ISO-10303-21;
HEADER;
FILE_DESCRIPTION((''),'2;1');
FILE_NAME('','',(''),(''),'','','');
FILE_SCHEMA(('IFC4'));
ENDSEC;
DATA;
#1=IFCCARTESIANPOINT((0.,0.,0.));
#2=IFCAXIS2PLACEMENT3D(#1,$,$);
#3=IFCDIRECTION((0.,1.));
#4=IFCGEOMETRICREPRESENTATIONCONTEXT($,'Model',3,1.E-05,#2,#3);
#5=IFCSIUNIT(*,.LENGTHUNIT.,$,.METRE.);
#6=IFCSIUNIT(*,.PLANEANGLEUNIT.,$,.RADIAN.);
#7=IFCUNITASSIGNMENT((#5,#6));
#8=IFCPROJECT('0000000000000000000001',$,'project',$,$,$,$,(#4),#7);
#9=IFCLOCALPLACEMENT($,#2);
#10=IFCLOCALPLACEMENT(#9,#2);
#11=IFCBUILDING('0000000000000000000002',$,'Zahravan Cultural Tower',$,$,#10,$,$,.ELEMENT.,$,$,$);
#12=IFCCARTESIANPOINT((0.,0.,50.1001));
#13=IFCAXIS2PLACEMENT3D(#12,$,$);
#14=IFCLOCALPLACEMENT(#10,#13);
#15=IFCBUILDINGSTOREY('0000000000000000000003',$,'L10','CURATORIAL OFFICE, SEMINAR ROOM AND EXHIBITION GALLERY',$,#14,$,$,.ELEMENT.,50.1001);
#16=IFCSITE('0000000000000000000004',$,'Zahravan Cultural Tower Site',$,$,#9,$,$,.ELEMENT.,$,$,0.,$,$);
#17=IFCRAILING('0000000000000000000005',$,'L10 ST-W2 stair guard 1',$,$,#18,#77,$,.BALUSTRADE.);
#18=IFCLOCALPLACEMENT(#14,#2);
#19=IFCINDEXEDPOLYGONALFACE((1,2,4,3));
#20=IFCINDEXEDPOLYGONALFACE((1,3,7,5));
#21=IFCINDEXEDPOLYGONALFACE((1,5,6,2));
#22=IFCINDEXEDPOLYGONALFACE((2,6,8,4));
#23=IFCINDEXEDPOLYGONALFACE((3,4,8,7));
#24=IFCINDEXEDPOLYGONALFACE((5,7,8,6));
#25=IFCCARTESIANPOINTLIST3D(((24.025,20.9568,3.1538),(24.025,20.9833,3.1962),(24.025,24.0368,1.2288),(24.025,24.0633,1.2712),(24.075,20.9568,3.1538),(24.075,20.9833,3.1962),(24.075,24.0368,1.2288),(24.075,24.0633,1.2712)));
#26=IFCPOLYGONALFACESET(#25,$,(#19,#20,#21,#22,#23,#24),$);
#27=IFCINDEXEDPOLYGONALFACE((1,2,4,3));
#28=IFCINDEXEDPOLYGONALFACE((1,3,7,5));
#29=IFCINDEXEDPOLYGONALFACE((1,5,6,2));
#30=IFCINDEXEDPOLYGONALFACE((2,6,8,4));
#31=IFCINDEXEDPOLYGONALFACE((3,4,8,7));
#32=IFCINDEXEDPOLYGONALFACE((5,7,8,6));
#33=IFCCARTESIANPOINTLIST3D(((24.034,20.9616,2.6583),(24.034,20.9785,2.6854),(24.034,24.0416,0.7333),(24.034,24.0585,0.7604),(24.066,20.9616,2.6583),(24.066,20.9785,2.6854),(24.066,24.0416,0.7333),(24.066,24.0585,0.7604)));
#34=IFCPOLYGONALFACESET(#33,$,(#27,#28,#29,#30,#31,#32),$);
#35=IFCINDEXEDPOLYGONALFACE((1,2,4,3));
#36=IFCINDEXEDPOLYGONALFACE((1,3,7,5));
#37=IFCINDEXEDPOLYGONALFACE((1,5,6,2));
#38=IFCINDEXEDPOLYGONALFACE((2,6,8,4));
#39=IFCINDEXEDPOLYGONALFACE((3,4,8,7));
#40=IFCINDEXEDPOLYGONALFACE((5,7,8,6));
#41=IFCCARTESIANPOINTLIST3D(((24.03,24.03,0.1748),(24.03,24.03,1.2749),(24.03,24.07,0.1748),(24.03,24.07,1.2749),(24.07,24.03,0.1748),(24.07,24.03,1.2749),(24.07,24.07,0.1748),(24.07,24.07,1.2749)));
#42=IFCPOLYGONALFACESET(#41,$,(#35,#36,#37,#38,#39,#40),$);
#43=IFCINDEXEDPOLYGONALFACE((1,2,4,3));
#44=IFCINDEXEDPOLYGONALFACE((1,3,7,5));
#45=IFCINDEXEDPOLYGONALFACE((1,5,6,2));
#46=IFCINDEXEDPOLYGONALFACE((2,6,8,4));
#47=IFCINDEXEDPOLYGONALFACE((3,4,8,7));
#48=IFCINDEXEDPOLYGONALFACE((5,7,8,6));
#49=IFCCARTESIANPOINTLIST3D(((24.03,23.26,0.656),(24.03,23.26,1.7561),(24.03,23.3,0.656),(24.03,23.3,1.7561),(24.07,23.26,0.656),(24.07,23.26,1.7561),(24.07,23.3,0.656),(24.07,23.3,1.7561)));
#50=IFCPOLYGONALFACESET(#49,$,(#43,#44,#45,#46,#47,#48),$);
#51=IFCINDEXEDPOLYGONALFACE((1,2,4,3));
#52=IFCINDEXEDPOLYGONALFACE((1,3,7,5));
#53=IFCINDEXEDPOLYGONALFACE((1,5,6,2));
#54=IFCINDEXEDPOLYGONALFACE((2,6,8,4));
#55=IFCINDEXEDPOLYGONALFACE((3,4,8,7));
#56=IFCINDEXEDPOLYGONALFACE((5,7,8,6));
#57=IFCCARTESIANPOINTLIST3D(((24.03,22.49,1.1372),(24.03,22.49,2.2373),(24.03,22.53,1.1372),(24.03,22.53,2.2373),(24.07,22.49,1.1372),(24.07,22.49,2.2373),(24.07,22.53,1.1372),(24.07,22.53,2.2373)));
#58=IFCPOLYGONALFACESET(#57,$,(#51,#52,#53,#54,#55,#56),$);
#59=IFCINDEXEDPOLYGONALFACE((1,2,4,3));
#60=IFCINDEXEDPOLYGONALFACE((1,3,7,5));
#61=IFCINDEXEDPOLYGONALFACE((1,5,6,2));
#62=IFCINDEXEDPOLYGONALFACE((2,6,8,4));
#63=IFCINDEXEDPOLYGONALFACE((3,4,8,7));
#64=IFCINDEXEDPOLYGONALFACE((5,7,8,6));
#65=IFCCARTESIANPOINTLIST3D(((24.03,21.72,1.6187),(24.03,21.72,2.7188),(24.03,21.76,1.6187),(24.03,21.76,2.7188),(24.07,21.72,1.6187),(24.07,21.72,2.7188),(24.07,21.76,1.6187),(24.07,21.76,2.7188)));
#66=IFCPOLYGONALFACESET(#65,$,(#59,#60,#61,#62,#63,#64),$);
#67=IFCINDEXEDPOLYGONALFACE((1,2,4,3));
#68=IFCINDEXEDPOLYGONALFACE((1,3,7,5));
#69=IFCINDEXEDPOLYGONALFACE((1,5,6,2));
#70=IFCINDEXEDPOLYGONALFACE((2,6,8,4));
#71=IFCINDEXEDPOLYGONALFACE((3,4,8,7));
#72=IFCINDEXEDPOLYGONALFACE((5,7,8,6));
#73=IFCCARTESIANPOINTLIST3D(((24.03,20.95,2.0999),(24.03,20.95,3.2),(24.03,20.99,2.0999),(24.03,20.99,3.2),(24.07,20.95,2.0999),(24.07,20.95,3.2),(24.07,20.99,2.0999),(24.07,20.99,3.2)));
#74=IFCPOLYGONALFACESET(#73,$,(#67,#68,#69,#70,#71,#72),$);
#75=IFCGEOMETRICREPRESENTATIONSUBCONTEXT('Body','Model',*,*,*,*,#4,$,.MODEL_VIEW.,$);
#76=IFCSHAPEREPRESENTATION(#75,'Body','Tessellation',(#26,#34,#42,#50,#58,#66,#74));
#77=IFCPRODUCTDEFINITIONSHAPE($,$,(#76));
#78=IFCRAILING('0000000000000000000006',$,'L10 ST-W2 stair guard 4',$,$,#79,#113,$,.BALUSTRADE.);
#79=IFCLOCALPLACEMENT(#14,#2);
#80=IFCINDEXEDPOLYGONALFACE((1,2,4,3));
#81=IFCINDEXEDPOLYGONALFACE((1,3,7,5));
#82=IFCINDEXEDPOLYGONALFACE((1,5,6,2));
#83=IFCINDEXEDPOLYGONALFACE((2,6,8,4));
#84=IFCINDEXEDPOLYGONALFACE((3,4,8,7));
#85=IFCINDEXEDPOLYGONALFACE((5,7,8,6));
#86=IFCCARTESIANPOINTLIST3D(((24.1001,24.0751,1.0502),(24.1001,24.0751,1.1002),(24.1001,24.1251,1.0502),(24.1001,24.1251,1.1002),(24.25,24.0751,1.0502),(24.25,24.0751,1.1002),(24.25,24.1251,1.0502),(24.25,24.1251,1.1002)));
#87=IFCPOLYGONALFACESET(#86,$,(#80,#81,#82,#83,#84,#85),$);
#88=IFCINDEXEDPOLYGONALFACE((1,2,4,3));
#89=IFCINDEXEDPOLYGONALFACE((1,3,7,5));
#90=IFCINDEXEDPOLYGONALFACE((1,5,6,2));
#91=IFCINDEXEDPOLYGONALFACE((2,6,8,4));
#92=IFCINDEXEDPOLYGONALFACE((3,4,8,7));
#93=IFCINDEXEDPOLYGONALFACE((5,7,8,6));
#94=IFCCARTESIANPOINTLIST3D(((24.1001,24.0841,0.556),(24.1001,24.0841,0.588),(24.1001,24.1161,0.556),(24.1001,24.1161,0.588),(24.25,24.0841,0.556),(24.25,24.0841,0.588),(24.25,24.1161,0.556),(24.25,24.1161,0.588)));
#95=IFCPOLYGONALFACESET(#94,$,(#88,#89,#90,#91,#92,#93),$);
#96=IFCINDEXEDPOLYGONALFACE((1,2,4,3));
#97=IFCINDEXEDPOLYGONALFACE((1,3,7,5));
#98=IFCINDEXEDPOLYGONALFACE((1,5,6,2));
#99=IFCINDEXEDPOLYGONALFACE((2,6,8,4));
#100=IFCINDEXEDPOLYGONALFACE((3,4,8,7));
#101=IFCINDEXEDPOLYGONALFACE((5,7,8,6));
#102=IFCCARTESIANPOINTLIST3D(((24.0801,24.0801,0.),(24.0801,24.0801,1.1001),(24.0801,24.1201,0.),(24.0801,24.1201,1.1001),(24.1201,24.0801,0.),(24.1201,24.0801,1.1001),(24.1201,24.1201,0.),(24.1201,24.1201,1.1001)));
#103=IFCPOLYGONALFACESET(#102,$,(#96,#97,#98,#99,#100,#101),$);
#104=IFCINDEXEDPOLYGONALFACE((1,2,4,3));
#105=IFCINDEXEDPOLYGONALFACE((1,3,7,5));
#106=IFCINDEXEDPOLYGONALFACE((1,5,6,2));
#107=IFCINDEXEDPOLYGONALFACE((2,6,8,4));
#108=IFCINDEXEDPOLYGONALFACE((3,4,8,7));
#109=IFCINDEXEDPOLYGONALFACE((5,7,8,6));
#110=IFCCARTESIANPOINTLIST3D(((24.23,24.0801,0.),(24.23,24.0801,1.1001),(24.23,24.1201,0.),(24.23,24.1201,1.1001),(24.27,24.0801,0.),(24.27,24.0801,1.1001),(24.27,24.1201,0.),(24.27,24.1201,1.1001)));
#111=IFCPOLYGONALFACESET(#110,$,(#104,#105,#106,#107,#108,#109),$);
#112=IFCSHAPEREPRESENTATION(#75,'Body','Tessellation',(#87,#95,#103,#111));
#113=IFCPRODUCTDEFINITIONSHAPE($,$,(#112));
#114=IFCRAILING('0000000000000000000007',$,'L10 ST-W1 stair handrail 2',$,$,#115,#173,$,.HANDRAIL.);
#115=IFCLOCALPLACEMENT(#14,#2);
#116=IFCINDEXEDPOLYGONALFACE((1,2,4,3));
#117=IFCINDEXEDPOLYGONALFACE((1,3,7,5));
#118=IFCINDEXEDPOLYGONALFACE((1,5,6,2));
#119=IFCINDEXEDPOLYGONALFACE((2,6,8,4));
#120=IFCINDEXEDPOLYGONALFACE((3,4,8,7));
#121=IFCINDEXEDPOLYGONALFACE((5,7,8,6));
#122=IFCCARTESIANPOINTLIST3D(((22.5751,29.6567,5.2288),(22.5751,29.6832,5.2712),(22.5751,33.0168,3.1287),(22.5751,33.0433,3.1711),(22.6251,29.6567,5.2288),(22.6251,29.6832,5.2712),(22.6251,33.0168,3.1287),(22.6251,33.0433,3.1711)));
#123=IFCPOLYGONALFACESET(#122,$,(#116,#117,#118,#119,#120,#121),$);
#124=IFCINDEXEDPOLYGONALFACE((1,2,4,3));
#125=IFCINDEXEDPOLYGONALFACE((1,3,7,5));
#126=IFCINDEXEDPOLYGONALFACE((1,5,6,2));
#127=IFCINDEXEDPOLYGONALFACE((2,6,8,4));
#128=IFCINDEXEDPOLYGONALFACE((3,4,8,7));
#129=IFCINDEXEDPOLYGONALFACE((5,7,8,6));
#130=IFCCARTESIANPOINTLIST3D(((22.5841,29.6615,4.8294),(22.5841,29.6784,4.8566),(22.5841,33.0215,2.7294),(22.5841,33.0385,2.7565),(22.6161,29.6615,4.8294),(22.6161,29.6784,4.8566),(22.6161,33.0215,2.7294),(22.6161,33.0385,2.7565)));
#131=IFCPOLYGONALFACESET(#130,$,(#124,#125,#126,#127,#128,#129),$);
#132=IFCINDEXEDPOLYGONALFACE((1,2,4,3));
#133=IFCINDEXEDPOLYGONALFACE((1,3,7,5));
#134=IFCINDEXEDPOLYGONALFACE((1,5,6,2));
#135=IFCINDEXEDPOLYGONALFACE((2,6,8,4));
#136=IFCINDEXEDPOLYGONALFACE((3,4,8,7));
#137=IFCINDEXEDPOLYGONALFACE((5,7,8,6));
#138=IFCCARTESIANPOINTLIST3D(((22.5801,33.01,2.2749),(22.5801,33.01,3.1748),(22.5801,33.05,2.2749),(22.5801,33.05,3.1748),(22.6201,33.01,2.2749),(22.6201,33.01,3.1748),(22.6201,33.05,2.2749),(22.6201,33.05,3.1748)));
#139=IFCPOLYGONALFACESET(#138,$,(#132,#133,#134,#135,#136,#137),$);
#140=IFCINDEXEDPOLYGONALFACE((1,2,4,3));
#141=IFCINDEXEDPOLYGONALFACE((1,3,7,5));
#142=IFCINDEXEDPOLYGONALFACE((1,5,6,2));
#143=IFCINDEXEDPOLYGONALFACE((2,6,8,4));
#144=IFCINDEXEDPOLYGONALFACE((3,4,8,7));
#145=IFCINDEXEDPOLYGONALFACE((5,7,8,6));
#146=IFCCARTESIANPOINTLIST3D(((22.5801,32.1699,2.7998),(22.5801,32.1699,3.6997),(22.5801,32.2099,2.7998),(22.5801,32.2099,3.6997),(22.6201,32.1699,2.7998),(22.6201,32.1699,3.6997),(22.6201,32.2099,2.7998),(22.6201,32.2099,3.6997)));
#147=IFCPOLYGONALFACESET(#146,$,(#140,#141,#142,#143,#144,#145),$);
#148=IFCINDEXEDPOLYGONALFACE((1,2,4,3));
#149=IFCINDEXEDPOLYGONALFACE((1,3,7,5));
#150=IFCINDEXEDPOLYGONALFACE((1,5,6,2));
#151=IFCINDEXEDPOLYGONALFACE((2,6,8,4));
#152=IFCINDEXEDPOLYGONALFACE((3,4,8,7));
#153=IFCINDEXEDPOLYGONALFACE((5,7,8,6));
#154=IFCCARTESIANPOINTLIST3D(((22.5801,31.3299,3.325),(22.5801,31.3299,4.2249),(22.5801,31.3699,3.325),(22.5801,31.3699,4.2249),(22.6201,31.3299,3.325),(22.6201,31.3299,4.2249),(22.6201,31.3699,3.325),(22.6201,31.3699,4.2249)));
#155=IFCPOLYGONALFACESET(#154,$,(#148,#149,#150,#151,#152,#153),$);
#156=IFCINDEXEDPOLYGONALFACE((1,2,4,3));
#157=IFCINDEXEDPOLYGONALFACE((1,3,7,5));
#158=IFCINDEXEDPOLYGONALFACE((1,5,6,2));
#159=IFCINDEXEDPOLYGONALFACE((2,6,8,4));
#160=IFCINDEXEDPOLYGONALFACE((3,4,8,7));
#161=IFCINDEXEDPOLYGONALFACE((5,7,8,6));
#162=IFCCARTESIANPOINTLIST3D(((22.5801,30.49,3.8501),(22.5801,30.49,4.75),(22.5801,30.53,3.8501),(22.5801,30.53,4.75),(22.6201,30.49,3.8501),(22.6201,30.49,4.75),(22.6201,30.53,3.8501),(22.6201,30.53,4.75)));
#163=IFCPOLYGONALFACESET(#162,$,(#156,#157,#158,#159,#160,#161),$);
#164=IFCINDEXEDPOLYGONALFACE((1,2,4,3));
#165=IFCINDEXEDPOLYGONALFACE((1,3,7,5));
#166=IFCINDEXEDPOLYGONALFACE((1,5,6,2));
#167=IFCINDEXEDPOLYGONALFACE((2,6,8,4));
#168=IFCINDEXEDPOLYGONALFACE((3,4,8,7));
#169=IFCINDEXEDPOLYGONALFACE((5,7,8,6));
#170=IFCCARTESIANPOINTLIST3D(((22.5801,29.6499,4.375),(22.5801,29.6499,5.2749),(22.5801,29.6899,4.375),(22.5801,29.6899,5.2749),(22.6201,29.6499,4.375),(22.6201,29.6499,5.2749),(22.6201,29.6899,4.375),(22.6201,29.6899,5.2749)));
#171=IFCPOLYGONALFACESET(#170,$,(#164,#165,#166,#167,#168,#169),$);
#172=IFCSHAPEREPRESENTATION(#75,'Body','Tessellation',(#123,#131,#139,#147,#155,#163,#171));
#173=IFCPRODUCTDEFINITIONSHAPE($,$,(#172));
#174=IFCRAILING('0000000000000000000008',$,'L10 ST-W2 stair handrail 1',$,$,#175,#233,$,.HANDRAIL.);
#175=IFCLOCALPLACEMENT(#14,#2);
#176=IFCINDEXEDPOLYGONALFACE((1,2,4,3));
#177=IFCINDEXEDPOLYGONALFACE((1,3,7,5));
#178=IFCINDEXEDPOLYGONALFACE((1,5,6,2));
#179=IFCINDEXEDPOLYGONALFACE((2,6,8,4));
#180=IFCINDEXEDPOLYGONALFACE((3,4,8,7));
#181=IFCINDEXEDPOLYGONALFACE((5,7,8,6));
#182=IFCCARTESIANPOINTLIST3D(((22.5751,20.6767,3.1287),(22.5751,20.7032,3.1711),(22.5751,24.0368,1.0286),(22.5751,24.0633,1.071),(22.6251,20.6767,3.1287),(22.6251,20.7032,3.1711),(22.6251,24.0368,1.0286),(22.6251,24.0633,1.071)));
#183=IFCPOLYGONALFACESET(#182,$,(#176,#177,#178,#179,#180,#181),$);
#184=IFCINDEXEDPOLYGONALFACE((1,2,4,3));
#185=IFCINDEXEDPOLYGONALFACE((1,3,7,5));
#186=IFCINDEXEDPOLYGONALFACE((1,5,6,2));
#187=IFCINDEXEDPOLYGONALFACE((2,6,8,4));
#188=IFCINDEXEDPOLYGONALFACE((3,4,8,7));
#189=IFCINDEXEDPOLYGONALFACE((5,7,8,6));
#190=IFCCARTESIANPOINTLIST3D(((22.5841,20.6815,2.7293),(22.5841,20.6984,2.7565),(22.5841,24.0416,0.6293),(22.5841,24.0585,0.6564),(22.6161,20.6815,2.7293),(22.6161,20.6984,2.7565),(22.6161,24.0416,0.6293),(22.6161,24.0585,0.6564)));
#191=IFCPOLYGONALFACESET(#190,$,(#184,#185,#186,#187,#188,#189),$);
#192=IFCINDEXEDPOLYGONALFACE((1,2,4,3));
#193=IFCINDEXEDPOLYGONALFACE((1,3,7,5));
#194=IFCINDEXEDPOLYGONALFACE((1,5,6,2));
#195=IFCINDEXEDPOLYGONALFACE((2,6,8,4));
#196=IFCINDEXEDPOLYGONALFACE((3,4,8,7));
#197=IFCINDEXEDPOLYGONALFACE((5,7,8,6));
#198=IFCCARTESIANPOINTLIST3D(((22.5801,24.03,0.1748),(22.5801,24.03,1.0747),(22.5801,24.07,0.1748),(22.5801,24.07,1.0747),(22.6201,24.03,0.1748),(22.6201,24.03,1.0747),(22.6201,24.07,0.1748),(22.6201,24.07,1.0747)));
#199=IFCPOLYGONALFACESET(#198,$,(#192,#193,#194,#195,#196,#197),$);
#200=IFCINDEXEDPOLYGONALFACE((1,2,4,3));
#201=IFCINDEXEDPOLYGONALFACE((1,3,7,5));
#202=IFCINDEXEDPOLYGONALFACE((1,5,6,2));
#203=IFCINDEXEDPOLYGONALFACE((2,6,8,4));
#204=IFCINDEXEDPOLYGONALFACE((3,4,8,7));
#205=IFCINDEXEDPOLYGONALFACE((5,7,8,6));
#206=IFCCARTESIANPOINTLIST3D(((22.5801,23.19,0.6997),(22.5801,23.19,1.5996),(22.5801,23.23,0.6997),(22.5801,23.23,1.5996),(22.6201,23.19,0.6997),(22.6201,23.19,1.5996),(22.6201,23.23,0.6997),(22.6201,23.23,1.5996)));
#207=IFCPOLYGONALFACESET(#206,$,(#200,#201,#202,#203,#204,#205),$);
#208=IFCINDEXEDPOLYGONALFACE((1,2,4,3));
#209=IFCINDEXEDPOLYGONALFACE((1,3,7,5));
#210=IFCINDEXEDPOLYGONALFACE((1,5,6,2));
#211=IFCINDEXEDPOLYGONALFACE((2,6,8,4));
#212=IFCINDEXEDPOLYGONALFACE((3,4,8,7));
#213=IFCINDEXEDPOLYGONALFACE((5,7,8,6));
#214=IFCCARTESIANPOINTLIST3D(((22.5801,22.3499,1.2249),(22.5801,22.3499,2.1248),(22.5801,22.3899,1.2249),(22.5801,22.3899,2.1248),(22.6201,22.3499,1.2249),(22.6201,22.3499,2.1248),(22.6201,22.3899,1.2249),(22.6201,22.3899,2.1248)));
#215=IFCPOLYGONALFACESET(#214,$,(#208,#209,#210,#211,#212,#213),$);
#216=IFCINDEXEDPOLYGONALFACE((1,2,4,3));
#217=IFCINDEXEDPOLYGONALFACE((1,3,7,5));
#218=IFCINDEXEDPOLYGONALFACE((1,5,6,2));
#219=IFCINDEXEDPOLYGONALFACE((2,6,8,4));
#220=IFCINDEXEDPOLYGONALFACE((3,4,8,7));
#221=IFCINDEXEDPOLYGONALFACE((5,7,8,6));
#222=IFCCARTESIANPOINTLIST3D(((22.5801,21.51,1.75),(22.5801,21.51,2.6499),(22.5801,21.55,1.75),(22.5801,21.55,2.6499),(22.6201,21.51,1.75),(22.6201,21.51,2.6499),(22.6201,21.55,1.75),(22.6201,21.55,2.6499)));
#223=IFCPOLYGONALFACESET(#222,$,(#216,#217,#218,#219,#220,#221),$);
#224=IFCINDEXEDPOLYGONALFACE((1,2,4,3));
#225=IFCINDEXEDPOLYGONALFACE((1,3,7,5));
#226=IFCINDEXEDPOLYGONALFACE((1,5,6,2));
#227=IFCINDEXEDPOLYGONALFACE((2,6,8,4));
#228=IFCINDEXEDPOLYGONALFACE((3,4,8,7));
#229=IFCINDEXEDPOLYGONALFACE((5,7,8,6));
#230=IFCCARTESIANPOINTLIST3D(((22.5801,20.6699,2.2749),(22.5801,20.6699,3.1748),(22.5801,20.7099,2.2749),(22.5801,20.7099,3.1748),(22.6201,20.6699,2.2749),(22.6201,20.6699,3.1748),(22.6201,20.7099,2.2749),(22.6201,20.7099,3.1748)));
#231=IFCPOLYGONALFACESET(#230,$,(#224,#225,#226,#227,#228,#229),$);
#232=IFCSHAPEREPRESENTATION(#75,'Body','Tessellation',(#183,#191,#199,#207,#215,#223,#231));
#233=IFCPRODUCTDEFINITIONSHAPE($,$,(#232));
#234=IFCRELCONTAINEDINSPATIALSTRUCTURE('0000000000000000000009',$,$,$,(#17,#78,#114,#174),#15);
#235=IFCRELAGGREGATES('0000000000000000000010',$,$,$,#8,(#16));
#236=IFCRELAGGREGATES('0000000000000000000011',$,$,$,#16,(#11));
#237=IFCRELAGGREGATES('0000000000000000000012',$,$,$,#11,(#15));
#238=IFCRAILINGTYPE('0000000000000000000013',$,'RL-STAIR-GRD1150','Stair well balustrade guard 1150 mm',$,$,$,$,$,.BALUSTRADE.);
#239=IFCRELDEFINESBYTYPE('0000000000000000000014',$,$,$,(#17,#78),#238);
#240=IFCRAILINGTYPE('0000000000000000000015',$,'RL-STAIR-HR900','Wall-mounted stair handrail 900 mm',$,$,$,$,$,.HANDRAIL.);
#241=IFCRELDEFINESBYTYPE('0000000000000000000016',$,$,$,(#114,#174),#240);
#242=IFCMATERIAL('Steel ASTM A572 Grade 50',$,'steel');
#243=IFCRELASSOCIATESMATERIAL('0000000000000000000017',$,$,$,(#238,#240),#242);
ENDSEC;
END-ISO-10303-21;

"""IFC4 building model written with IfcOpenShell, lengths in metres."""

from ifc_helpers import new_model, si_unit, direction, frame, origin, origin_2d, place, context, subcontext, project, spatial, rectangle, extrude, material, type_object, element, save


model = new_model("IFC4")

# Units and contexts
model_context = context("Model", 3, precision=1e-05, world=origin(), true_north=direction((0.0, 1.0)))
body_context = subcontext(model_context, "Body", "Model", "MODEL_VIEW")
ifc_project = project(units=[si_unit("LENGTHUNIT", "METRE"), si_unit("PLANEANGLEUNIT", "RADIAN")], contexts=[model_context])

# Site, building, storey
site_placement = place(None, origin())
site = spatial("IfcSite", under=ifc_project, at=site_placement, Name="Zahravan Cultural Tower Site", CompositionType="ELEMENT", RefElevation=0.0)
building_placement = place(site_placement, origin())
building = spatial("IfcBuilding", under=site, at=building_placement, Name="Zahravan Cultural Tower", CompositionType="ELEMENT")
storey_placement = place(building_placement, frame((0.0, 0.0, 50.1001)))
storey = spatial("IfcBuildingStorey", under=building, at=storey_placement, Name="L10", Description="CURATORIAL OFFICE, SEMINAR ROOM AND EXHIBITION GALLERY", CompositionType="ELEMENT", Elevation=50.1001)

# Shared definitions
ifc_material_1 = material(Name="Steel ASTM A572 Grade 50", Category="steel")

# Railings
railing_type_1 = type_object("IfcRailingType", Name="RL-STAIR-GRD1150", Description="Stair well balustrade guard 1150 mm", PredefinedType="BALUSTRADE", material=ifc_material_1)
railing_1_placement = place(storey_placement, frame((24.05, 24.05, 0.1748)))
element("IfcRailing", 1, at=railing_1_placement, inside=storey, type_object=railing_type_1, Name="L10 ST-W2 stair guard 1", PredefinedType="BALUSTRADE", context=body_context, shape_type="SweptSolid", body=[
    extrude(rectangle(XDim=0.05, YDim=0.05, at=origin_2d()), frame((0.0, 0.0, 1.0752), z_axis=(0.0, -0.847998, 0.529999), x_axis=(1.0, 0.0, 0.0)), (0.0, 0.0, 1.0), 3.6321),
    extrude(rectangle(XDim=0.032, YDim=0.032, at=origin_2d()), frame((0.0, 0.0, 0.572), z_axis=(0.0, -0.847998, 0.529999), x_axis=(1.0, 0.0, 0.0)), (0.0, 0.0, 1.0), 3.6321),
    extrude(rectangle(XDim=0.04, YDim=0.04, at=origin_2d()), origin(), (0.0, 0.0, 1.0), 1.1001),
    extrude(rectangle(XDim=0.04, YDim=0.04, at=origin_2d()), frame((0.0, -0.77, 0.4812)), (0.0, 0.0, 1.0), 1.1001),
    extrude(rectangle(XDim=0.04, YDim=0.04, at=origin_2d()), frame((0.0, -1.54, 0.9624)), (0.0, 0.0, 1.0), 1.1001),
    extrude(rectangle(XDim=0.04, YDim=0.04, at=origin_2d()), frame((0.0, -2.3101, 1.4438)), (0.0, 0.0, 1.0), 1.1001),
    extrude(rectangle(XDim=0.04, YDim=0.04, at=origin_2d()), frame((0.0, -3.0801, 1.925)), (0.0, 0.0, 1.0), 1.1001),
])
railing_2_placement = place(storey_placement, frame((24.1001, 24.1001, 0.0)))
element("IfcRailing", 2, at=railing_2_placement, inside=storey, type_object=railing_type_1, Name="L10 ST-W2 stair guard 4", PredefinedType="BALUSTRADE", context=body_context, shape_type="SweptSolid", body=[
    extrude(rectangle(XDim=0.05, YDim=0.05, at=origin_2d()), frame((0.0, 0.0, 1.0752), z_axis=(1.0, 0.0, 0.0), x_axis=(0.0, 1.0, 0.0)), (0.0, 0.0, 1.0), 0.1499),
    extrude(rectangle(XDim=0.032, YDim=0.032, at=origin_2d()), frame((0.0, 0.0, 0.572), z_axis=(1.0, 0.0, 0.0), x_axis=(0.0, 1.0, 0.0)), (0.0, 0.0, 1.0), 0.1499),
    extrude(rectangle(XDim=0.04, YDim=0.04, at=origin_2d()), origin(), (0.0, 0.0, 1.0), 1.1001),
    extrude(rectangle(XDim=0.04, YDim=0.04, at=origin_2d()), frame((0.1499, 0.0, 0.0)), (0.0, 0.0, 1.0), 1.1001),
])
railing_type_2 = type_object("IfcRailingType", Name="RL-STAIR-HR900", Description="Wall-mounted stair handrail 900 mm", PredefinedType="HANDRAIL", material=ifc_material_1)
for number, where, name in (
    (3, (22.6001, 33.03, 2.2749), "L10 ST-W1 stair handrail 2"),
    (4, (22.6001, 24.05, 0.1748), "L10 ST-W2 stair handrail 1"),
):
    element("IfcRailing", number, at=place(storey_placement, frame(where)), inside=storey, type_object=railing_type_2, Name=name, PredefinedType="HANDRAIL", context=body_context, shape_type="SweptSolid", body=[
        extrude(rectangle(XDim=0.05, YDim=0.05, at=origin_2d()), frame((0.0, 0.0, 0.875), z_axis=(0.0, -0.847995, 0.530004), x_axis=(1.0, 0.0, 0.0)), (0.0, 0.0, 1.0), 3.9624),
        extrude(rectangle(XDim=0.032, YDim=0.032, at=origin_2d()), frame((0.0, 0.0, 0.468), z_axis=(0.0, -0.847995, 0.530004), x_axis=(1.0, 0.0, 0.0)), (0.0, 0.0, 1.0), 3.9624),
        extrude(rectangle(XDim=0.04, YDim=0.04, at=origin_2d()), origin(), (0.0, 0.0, 1.0), 0.8999),
        extrude(rectangle(XDim=0.04, YDim=0.04, at=origin_2d()), frame((0.0, -0.8401, 0.5249)), (0.0, 0.0, 1.0), 0.8999),
        extrude(rectangle(XDim=0.04, YDim=0.04, at=origin_2d()), frame((0.0, -1.6802, 1.05)), (0.0, 0.0, 1.0), 0.8999),
        extrude(rectangle(XDim=0.04, YDim=0.04, at=origin_2d()), frame((0.0, -2.52, 1.5752)), (0.0, 0.0, 1.0), 0.8999),
        extrude(rectangle(XDim=0.04, YDim=0.04, at=origin_2d()), frame((0.0, -3.3601, 2.1001)), (0.0, 0.0, 1.0), 0.8999),
    ])

save(model, "model.ifc")
